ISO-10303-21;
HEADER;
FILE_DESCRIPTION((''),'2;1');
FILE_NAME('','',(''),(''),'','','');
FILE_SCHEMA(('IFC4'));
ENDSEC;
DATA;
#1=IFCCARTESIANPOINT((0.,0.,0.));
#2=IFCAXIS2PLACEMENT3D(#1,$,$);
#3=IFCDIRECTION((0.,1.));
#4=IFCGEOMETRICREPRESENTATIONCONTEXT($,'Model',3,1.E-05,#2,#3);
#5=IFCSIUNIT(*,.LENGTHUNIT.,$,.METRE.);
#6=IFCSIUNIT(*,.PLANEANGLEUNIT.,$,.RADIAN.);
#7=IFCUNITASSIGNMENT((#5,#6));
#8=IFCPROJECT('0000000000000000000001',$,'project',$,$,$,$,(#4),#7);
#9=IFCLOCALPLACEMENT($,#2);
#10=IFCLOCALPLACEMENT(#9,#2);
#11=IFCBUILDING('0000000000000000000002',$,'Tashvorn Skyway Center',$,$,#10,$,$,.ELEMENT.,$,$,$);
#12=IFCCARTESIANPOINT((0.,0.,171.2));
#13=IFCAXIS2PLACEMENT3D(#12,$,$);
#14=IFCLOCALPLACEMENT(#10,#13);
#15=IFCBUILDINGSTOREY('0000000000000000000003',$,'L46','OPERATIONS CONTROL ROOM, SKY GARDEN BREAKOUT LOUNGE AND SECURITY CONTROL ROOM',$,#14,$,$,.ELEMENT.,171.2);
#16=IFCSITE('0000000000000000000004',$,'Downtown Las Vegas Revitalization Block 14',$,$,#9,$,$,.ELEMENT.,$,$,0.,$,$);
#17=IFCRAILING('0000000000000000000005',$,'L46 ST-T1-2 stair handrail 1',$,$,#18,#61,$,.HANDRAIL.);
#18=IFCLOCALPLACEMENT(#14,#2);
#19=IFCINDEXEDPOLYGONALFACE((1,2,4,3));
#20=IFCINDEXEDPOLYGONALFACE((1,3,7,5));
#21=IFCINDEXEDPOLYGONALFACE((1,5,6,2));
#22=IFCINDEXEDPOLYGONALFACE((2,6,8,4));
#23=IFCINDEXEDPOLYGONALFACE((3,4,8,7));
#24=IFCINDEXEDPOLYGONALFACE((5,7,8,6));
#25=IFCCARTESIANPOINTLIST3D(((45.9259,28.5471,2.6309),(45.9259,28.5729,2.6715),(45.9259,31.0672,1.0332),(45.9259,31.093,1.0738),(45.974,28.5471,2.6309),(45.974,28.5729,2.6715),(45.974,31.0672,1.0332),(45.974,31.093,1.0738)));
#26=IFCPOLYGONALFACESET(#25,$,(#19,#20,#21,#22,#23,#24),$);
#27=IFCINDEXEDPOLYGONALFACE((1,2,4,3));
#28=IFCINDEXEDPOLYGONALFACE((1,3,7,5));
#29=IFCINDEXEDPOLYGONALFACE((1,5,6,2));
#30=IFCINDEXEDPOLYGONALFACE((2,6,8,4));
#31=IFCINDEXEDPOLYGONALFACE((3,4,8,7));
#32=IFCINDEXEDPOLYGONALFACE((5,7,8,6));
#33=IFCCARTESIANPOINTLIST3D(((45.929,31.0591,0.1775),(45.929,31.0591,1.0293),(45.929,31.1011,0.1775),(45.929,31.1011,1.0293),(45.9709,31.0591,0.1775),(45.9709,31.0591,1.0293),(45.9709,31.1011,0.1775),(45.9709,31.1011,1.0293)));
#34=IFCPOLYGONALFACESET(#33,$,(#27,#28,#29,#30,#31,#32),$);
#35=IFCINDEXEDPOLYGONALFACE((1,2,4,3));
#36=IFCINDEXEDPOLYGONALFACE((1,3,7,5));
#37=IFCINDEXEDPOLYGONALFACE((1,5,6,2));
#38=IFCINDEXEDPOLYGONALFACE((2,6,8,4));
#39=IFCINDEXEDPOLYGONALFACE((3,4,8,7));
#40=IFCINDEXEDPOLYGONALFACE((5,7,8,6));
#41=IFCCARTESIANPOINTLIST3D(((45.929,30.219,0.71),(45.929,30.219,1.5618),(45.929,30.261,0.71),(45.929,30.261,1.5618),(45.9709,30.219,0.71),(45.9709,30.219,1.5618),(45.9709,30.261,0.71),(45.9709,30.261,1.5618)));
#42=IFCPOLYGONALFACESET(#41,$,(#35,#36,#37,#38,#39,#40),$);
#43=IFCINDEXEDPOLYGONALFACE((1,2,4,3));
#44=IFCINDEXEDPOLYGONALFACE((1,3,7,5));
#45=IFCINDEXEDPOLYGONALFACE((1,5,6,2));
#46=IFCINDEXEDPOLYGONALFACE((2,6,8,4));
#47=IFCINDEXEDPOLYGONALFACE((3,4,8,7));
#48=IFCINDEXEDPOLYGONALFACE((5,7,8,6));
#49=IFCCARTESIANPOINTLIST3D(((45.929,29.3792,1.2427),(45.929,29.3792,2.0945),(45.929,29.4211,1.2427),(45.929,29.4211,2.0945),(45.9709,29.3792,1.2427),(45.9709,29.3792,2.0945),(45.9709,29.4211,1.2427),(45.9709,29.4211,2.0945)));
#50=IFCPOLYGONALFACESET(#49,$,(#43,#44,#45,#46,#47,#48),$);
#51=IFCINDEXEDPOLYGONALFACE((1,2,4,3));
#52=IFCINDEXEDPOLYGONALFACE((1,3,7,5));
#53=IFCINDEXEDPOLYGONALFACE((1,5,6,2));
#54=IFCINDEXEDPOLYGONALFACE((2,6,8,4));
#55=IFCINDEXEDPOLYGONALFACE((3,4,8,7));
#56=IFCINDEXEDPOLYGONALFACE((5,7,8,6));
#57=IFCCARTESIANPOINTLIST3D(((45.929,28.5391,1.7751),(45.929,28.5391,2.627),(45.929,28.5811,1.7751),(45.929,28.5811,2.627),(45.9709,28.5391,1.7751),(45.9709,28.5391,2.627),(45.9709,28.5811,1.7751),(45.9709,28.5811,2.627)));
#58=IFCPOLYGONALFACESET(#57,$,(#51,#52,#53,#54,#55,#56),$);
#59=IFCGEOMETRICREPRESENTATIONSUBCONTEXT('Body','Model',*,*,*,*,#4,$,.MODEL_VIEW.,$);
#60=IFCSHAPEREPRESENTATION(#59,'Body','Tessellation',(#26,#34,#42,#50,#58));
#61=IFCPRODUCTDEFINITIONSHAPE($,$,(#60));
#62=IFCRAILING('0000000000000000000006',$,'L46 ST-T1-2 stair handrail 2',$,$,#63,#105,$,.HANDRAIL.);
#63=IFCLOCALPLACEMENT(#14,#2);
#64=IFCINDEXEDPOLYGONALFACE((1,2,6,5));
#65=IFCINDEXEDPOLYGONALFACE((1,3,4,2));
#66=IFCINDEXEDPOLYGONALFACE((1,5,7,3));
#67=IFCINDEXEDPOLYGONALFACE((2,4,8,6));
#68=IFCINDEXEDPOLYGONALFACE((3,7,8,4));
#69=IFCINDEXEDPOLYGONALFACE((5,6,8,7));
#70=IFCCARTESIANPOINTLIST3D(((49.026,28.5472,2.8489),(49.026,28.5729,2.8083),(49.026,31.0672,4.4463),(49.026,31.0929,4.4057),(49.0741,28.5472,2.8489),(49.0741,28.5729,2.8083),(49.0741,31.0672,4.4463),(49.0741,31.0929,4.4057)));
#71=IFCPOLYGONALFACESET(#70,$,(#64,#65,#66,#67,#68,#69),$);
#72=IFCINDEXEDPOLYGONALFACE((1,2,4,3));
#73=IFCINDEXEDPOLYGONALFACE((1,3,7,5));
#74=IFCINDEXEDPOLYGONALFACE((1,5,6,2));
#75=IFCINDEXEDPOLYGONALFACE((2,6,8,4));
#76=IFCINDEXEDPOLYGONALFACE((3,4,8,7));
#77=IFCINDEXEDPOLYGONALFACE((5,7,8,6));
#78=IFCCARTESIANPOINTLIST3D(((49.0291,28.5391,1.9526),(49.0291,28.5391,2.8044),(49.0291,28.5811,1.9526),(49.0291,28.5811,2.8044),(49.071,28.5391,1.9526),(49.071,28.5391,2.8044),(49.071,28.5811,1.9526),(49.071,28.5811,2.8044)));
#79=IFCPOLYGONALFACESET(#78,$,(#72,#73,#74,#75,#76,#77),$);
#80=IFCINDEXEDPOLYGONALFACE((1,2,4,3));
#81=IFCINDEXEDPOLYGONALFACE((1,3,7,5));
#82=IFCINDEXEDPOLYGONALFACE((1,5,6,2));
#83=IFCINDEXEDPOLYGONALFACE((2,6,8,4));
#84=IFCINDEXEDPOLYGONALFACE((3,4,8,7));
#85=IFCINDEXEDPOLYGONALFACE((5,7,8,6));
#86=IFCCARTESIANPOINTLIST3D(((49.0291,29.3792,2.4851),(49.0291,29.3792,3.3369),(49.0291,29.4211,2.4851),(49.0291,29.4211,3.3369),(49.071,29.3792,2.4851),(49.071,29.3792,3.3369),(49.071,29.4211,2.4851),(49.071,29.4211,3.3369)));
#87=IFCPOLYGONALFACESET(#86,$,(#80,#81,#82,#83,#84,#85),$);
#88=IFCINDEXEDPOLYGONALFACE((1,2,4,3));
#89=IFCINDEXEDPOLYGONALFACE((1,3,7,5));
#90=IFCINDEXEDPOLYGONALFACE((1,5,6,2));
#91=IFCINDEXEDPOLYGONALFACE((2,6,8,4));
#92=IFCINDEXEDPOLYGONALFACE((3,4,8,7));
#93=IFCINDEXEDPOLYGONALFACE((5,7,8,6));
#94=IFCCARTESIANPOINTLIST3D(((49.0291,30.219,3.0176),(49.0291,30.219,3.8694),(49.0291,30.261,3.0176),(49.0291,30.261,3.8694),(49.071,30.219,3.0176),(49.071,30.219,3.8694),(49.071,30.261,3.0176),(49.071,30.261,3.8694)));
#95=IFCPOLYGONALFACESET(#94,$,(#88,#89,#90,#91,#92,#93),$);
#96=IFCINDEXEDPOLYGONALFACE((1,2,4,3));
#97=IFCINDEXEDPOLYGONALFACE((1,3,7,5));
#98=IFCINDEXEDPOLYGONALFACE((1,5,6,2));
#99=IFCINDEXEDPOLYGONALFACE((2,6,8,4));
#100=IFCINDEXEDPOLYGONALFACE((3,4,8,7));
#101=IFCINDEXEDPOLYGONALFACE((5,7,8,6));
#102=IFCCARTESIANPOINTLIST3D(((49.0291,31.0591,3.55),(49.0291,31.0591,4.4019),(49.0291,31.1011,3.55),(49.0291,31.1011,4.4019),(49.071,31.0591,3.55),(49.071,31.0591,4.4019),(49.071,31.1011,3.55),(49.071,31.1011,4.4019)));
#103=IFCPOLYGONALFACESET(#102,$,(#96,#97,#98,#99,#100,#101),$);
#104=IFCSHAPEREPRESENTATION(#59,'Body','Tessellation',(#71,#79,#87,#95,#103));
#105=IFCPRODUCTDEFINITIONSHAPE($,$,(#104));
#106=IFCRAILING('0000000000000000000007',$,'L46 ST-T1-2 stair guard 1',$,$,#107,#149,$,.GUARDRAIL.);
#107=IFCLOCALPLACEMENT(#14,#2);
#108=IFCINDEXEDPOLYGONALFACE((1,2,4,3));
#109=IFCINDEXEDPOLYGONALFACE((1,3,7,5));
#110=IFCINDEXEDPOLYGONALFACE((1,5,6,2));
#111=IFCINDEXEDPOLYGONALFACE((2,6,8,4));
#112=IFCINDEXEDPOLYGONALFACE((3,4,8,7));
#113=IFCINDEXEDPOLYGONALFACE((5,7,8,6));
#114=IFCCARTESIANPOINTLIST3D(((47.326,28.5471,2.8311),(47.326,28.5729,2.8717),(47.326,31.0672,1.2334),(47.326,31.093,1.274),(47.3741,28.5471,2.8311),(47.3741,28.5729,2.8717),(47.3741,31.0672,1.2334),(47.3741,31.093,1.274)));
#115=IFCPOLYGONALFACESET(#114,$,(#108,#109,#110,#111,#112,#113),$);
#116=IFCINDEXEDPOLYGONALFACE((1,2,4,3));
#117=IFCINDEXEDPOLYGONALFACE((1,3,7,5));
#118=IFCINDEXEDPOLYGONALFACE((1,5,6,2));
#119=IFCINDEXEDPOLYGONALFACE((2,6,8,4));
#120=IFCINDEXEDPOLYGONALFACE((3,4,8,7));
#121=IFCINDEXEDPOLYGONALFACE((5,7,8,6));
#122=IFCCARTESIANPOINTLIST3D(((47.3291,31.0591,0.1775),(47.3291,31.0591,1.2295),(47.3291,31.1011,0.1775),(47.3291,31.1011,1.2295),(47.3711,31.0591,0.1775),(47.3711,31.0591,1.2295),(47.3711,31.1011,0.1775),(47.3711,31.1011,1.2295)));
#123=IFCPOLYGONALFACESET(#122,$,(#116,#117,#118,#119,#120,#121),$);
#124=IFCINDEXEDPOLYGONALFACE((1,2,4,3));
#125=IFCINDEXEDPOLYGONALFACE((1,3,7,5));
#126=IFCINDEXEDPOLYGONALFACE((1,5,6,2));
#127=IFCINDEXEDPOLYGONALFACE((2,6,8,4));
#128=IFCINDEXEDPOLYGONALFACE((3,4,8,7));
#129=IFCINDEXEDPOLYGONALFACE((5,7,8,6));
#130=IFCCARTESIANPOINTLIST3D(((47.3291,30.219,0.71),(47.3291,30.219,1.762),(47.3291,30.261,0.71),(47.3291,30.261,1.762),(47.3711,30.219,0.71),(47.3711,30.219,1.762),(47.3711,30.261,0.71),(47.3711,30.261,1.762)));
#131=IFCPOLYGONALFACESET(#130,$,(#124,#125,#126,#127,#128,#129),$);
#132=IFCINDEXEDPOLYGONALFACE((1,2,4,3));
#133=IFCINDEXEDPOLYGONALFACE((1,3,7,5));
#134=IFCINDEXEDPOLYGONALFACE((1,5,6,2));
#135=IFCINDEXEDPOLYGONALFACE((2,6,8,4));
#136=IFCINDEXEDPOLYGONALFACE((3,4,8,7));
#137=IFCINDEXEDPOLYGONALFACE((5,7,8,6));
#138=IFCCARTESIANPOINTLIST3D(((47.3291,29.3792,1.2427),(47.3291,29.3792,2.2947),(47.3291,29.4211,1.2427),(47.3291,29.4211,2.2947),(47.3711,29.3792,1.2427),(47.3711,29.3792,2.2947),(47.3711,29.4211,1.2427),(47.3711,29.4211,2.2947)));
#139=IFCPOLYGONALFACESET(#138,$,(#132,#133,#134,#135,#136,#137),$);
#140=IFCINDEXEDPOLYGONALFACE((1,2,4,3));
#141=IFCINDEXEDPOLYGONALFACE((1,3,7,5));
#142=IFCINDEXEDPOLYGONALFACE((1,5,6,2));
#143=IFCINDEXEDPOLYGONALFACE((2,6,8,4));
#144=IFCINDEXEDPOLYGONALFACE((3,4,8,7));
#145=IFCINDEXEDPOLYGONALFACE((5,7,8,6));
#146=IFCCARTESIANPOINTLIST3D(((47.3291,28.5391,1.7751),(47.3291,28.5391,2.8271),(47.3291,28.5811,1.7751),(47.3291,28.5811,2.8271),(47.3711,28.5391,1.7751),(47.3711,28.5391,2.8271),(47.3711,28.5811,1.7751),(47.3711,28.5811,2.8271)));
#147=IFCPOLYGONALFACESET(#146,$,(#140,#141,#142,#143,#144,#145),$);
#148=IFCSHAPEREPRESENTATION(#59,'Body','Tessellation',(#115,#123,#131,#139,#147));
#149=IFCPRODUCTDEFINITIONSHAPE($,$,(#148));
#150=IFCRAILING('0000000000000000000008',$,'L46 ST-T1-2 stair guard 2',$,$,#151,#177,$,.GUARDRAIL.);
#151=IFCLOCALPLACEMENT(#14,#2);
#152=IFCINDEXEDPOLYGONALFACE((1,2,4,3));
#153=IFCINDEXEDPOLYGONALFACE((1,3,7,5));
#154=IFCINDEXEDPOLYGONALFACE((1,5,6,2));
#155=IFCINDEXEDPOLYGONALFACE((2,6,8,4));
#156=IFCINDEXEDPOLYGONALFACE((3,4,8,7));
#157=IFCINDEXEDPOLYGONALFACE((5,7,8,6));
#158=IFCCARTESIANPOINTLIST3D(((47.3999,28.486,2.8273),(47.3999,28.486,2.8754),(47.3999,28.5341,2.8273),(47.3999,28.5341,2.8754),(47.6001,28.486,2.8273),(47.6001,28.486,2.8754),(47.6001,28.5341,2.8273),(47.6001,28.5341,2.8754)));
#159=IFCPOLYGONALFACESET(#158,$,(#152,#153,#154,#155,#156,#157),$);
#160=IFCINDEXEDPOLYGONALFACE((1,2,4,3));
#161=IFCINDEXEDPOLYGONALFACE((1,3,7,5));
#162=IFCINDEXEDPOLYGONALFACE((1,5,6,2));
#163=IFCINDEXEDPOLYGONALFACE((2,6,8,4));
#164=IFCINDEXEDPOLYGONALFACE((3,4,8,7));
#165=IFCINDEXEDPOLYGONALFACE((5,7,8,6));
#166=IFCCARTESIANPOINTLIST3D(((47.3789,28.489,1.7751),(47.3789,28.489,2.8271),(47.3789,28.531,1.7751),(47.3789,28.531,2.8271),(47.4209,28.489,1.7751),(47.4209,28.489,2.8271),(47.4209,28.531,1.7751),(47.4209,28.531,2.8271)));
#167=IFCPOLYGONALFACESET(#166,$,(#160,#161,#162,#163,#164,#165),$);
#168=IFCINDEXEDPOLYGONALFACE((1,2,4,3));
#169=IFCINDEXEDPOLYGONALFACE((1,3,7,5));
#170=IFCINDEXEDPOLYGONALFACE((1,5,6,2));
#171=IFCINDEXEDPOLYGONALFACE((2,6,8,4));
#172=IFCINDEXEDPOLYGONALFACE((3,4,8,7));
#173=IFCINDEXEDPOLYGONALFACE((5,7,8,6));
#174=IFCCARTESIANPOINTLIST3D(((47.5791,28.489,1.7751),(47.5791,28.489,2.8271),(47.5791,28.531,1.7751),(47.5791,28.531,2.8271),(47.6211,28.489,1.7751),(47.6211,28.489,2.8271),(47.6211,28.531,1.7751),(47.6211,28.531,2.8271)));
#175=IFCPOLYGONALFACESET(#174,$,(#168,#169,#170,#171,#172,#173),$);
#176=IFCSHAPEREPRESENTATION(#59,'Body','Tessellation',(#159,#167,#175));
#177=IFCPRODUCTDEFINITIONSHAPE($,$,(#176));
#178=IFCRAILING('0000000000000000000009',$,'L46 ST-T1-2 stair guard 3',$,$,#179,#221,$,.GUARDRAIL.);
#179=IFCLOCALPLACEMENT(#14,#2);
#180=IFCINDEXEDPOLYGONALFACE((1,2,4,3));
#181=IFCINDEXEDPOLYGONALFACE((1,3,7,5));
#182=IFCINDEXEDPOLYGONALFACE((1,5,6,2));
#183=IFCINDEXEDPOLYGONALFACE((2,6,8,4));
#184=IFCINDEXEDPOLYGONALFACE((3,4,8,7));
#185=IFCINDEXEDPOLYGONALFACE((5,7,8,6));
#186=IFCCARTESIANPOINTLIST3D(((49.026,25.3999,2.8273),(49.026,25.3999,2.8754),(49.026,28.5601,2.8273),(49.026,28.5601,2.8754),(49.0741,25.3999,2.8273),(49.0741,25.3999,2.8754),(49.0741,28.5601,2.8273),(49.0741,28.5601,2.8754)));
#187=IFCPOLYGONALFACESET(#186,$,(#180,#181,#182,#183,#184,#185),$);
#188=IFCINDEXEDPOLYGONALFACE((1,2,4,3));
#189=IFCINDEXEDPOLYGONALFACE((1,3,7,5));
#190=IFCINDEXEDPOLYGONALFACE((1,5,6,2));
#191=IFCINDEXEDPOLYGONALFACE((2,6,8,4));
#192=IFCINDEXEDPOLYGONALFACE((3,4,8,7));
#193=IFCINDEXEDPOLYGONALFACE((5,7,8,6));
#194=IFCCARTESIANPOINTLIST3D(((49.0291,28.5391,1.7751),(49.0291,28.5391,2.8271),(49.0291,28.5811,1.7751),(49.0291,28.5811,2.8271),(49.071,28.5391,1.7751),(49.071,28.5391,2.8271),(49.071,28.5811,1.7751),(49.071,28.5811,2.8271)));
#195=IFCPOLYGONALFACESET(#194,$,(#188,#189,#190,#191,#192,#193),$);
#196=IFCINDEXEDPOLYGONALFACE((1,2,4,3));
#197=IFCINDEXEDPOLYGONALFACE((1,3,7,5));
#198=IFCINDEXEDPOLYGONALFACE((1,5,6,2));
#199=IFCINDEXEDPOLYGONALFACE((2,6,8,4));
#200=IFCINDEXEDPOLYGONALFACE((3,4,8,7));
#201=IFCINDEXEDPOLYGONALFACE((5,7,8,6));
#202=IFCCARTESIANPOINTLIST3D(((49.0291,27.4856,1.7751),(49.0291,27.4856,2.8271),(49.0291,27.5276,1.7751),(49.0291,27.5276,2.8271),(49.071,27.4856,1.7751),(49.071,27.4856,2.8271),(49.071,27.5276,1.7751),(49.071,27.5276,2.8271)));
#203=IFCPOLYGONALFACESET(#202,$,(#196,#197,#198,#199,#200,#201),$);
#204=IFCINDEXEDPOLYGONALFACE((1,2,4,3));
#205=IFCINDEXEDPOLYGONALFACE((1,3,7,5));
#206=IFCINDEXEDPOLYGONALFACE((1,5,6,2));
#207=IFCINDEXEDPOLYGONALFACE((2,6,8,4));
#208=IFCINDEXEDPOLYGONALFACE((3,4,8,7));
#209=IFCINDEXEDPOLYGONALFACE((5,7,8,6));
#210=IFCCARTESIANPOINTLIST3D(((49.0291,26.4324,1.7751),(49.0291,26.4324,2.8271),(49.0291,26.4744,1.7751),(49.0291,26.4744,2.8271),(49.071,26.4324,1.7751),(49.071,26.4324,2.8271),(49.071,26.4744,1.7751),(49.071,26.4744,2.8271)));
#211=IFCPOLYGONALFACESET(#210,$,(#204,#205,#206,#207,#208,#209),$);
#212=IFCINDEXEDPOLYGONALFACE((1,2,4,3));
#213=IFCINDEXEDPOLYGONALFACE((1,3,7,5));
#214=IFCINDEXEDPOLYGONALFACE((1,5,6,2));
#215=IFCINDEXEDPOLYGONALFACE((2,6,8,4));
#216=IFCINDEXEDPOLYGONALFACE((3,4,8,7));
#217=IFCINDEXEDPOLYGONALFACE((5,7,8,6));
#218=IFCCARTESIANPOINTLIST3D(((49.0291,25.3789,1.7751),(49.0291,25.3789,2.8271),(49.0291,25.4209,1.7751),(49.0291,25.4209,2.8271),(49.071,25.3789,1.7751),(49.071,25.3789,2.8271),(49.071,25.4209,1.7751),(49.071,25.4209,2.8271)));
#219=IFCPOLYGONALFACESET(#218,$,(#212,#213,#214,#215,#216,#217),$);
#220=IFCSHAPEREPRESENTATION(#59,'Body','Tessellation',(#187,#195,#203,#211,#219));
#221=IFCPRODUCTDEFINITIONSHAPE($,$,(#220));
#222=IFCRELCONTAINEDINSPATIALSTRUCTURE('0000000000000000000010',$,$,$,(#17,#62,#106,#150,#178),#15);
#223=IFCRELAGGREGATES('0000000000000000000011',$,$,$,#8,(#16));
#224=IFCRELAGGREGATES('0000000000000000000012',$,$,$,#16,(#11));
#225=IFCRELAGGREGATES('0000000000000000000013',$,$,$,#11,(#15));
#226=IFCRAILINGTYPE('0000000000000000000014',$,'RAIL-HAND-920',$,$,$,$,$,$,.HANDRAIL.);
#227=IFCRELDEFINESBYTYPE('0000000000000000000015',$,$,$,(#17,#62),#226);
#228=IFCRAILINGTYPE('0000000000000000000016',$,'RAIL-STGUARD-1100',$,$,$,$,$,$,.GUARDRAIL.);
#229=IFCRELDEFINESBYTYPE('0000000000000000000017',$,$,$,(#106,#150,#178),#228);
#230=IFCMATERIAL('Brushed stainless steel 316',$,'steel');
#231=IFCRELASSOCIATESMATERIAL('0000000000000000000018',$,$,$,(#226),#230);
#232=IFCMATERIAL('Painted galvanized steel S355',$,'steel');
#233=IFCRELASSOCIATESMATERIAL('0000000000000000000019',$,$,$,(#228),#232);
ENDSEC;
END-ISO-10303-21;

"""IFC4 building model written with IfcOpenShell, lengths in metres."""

from ifc_helpers import new_model, si_unit, direction, frame, origin, origin_2d, place, context, subcontext, project, spatial, rectangle, extrude, material, type_object, element, save


model = new_model("IFC4")

# Units and contexts
model_context = context("Model", 3, precision=1e-05, world=origin(), true_north=direction((0.0, 1.0)))
body_context = subcontext(model_context, "Body", "Model", "MODEL_VIEW")
ifc_project = project(units=[si_unit("LENGTHUNIT", "METRE"), si_unit("PLANEANGLEUNIT", "RADIAN")], contexts=[model_context])

# Site, building, storey
site_placement = place(None, origin())
site = spatial("IfcSite", under=ifc_project, at=site_placement, Name="Downtown Las Vegas Revitalization Block 14", CompositionType="ELEMENT", RefElevation=0.0)
building_placement = place(site_placement, origin())
building = spatial("IfcBuilding", under=site, at=building_placement, Name="Tashvorn Skyway Center", CompositionType="ELEMENT")
storey_placement = place(building_placement, frame((0.0, 0.0, 171.2)))
storey = spatial("IfcBuildingStorey", under=building, at=storey_placement, Name="L46", Description="OPERATIONS CONTROL ROOM, SKY GARDEN BREAKOUT LOUNGE AND SECURITY CONTROL ROOM", CompositionType="ELEMENT", Elevation=171.2)

# Railings
ifc_material_1 = material(Name="Brushed stainless steel 316", Category="steel")
railing_type_1 = type_object("IfcRailingType", Name="RAIL-HAND-920", PredefinedType="HANDRAIL", material=ifc_material_1)
railing_1_placement = place(storey_placement, frame((45.95, 31.0801, 0.1775)))
element("IfcRailing", 1, at=railing_1_placement, inside=storey, type_object=railing_type_1, Name="L46 ST-T1-2 stair handrail 1", PredefinedType="HANDRAIL", context=body_context, shape_type="SweptSolid", body=[
    extrude(rectangle(XDim=0.0481, YDim=0.0481, at=origin_2d()), frame((0.0, 0.0, 0.876), z_axis=(0.0, -0.84457, 0.535445), x_axis=(1.0, 0.0, 0.0)), (0.0, 0.0, 1.0), 2.9839),
    extrude(rectangle(XDim=0.042, YDim=0.042, at=origin_2d()), origin(), (0.0, 0.0, 1.0), 0.8518),
    extrude(rectangle(XDim=0.042, YDim=0.042, at=origin_2d()), frame((0.0, -0.8401, 0.5325)), (0.0, 0.0, 1.0), 0.8518),
    extrude(rectangle(XDim=0.042, YDim=0.042, at=origin_2d()), frame((0.0, -1.6799, 1.0652)), (0.0, 0.0, 1.0), 0.8518),
    extrude(rectangle(XDim=0.042, YDim=0.042, at=origin_2d()), frame((0.0, -2.52, 1.5977)), (0.0, 0.0, 1.0), 0.8518),
])
railing_2_placement = place(storey_placement, frame((49.05, 28.5601, 1.9526)))
element("IfcRailing", 2, at=railing_2_placement, inside=storey, type_object=railing_type_1, Name="L46 ST-T1-2 stair handrail 2", PredefinedType="HANDRAIL", context=body_context, shape_type="SweptSolid", body=[
    extrude(rectangle(XDim=0.0481, YDim=0.0481, at=origin_2d()), frame((0.0, 0.0, 0.876), z_axis=(0.0, 0.844607, 0.535387), x_axis=(-1.0, 0.0, 0.0)), (0.0, 0.0, 1.0), 2.9836),
    extrude(rectangle(XDim=0.042, YDim=0.042, at=origin_2d()), origin(), (0.0, 0.0, 1.0), 0.8518),
    extrude(rectangle(XDim=0.042, YDim=0.042, at=origin_2d()), frame((0.0, 0.8401, 0.5325)), (0.0, 0.0, 1.0), 0.8518),
    extrude(rectangle(XDim=0.042, YDim=0.042, at=origin_2d()), frame((0.0, 1.6799, 1.0649)), (0.0, 0.0, 1.0), 0.8518),
    extrude(rectangle(XDim=0.042, YDim=0.042, at=origin_2d()), frame((0.0, 2.52, 1.5974)), (0.0, 0.0, 1.0), 0.8518),
])
ifc_material_2 = material(Name="Painted galvanized steel S355", Category="steel")
railing_type_2 = type_object("IfcRailingType", Name="RAIL-STGUARD-1100", PredefinedType="GUARDRAIL", material=ifc_material_2)
railing_3_placement = place(storey_placement, frame((47.3501, 31.0801, 0.1775)))
element("IfcRailing", 3, at=railing_3_placement, inside=storey, type_object=railing_type_2, Name="L46 ST-T1-2 stair guard 1", PredefinedType="GUARDRAIL", context=body_context, shape_type="SweptSolid", body=[
    extrude(rectangle(XDim=0.0481, YDim=0.0481, at=origin_2d()), frame((0.0, 0.0, 1.0762), z_axis=(0.0, -0.84457, 0.535445), x_axis=(1.0, 0.0, 0.0)), (0.0, 0.0, 1.0), 2.9839),
    extrude(rectangle(XDim=0.042, YDim=0.042, at=origin_2d()), origin(), (0.0, 0.0, 1.0), 1.052),
    extrude(rectangle(XDim=0.042, YDim=0.042, at=origin_2d()), frame((0.0, -0.8401, 0.5325)), (0.0, 0.0, 1.0), 1.052),
    extrude(rectangle(XDim=0.042, YDim=0.042, at=origin_2d()), frame((0.0, -1.6799, 1.0652)), (0.0, 0.0, 1.0), 1.052),
    extrude(rectangle(XDim=0.042, YDim=0.042, at=origin_2d()), frame((0.0, -2.52, 1.5977)), (0.0, 0.0, 1.0), 1.052),
])
railing_4_placement = place(storey_placement, frame((47.3999, 28.51, 1.7751)))
element("IfcRailing", 4, at=railing_4_placement, inside=storey, type_object=railing_type_2, Name="L46 ST-T1-2 stair guard 2", PredefinedType="GUARDRAIL", context=body_context, shape_type="SweptSolid", body=[
    extrude(rectangle(XDim=0.0481, YDim=0.0481, at=origin_2d()), frame((0.0, 0.0, 1.0762), z_axis=(1.0, 0.0, 0.0), x_axis=(0.0, 1.0, 0.0)), (0.0, 0.0, 1.0), 0.2002),
    extrude(rectangle(XDim=0.042, YDim=0.042, at=origin_2d()), origin(), (0.0, 0.0, 1.0), 1.052),
    extrude(rectangle(XDim=0.042, YDim=0.042, at=origin_2d()), frame((0.2002, 0.0, 0.0)), (0.0, 0.0, 1.0), 1.052),
])
railing_5_placement = place(storey_placement, frame((49.05, 28.5601, 1.7751)))
element("IfcRailing", 5, at=railing_5_placement, inside=storey, type_object=railing_type_2, Name="L46 ST-T1-2 stair guard 3", PredefinedType="GUARDRAIL", context=body_context, shape_type="SweptSolid", body=[
    extrude(rectangle(XDim=0.0481, YDim=0.0481, at=origin_2d()), frame((0.0, 0.0, 1.0762), z_axis=(0.0, -1.0, 0.0), x_axis=(1.0, 0.0, 0.0)), (0.0, 0.0, 1.0), 3.1602),
    extrude(rectangle(XDim=0.042, YDim=0.042, at=origin_2d()), origin(), (0.0, 0.0, 1.0), 1.052),
    extrude(rectangle(XDim=0.042, YDim=0.042, at=origin_2d()), frame((0.0, -1.0535, 0.0)), (0.0, 0.0, 1.0), 1.052),
    extrude(rectangle(XDim=0.042, YDim=0.042, at=origin_2d()), frame((0.0, -2.1067, 0.0)), (0.0, 0.0, 1.0), 1.052),
    extrude(rectangle(XDim=0.042, YDim=0.042, at=origin_2d()), frame((0.0, -3.1602, 0.0)), (0.0, 0.0, 1.0), 1.052),
])

save(model, "model.ifc")
